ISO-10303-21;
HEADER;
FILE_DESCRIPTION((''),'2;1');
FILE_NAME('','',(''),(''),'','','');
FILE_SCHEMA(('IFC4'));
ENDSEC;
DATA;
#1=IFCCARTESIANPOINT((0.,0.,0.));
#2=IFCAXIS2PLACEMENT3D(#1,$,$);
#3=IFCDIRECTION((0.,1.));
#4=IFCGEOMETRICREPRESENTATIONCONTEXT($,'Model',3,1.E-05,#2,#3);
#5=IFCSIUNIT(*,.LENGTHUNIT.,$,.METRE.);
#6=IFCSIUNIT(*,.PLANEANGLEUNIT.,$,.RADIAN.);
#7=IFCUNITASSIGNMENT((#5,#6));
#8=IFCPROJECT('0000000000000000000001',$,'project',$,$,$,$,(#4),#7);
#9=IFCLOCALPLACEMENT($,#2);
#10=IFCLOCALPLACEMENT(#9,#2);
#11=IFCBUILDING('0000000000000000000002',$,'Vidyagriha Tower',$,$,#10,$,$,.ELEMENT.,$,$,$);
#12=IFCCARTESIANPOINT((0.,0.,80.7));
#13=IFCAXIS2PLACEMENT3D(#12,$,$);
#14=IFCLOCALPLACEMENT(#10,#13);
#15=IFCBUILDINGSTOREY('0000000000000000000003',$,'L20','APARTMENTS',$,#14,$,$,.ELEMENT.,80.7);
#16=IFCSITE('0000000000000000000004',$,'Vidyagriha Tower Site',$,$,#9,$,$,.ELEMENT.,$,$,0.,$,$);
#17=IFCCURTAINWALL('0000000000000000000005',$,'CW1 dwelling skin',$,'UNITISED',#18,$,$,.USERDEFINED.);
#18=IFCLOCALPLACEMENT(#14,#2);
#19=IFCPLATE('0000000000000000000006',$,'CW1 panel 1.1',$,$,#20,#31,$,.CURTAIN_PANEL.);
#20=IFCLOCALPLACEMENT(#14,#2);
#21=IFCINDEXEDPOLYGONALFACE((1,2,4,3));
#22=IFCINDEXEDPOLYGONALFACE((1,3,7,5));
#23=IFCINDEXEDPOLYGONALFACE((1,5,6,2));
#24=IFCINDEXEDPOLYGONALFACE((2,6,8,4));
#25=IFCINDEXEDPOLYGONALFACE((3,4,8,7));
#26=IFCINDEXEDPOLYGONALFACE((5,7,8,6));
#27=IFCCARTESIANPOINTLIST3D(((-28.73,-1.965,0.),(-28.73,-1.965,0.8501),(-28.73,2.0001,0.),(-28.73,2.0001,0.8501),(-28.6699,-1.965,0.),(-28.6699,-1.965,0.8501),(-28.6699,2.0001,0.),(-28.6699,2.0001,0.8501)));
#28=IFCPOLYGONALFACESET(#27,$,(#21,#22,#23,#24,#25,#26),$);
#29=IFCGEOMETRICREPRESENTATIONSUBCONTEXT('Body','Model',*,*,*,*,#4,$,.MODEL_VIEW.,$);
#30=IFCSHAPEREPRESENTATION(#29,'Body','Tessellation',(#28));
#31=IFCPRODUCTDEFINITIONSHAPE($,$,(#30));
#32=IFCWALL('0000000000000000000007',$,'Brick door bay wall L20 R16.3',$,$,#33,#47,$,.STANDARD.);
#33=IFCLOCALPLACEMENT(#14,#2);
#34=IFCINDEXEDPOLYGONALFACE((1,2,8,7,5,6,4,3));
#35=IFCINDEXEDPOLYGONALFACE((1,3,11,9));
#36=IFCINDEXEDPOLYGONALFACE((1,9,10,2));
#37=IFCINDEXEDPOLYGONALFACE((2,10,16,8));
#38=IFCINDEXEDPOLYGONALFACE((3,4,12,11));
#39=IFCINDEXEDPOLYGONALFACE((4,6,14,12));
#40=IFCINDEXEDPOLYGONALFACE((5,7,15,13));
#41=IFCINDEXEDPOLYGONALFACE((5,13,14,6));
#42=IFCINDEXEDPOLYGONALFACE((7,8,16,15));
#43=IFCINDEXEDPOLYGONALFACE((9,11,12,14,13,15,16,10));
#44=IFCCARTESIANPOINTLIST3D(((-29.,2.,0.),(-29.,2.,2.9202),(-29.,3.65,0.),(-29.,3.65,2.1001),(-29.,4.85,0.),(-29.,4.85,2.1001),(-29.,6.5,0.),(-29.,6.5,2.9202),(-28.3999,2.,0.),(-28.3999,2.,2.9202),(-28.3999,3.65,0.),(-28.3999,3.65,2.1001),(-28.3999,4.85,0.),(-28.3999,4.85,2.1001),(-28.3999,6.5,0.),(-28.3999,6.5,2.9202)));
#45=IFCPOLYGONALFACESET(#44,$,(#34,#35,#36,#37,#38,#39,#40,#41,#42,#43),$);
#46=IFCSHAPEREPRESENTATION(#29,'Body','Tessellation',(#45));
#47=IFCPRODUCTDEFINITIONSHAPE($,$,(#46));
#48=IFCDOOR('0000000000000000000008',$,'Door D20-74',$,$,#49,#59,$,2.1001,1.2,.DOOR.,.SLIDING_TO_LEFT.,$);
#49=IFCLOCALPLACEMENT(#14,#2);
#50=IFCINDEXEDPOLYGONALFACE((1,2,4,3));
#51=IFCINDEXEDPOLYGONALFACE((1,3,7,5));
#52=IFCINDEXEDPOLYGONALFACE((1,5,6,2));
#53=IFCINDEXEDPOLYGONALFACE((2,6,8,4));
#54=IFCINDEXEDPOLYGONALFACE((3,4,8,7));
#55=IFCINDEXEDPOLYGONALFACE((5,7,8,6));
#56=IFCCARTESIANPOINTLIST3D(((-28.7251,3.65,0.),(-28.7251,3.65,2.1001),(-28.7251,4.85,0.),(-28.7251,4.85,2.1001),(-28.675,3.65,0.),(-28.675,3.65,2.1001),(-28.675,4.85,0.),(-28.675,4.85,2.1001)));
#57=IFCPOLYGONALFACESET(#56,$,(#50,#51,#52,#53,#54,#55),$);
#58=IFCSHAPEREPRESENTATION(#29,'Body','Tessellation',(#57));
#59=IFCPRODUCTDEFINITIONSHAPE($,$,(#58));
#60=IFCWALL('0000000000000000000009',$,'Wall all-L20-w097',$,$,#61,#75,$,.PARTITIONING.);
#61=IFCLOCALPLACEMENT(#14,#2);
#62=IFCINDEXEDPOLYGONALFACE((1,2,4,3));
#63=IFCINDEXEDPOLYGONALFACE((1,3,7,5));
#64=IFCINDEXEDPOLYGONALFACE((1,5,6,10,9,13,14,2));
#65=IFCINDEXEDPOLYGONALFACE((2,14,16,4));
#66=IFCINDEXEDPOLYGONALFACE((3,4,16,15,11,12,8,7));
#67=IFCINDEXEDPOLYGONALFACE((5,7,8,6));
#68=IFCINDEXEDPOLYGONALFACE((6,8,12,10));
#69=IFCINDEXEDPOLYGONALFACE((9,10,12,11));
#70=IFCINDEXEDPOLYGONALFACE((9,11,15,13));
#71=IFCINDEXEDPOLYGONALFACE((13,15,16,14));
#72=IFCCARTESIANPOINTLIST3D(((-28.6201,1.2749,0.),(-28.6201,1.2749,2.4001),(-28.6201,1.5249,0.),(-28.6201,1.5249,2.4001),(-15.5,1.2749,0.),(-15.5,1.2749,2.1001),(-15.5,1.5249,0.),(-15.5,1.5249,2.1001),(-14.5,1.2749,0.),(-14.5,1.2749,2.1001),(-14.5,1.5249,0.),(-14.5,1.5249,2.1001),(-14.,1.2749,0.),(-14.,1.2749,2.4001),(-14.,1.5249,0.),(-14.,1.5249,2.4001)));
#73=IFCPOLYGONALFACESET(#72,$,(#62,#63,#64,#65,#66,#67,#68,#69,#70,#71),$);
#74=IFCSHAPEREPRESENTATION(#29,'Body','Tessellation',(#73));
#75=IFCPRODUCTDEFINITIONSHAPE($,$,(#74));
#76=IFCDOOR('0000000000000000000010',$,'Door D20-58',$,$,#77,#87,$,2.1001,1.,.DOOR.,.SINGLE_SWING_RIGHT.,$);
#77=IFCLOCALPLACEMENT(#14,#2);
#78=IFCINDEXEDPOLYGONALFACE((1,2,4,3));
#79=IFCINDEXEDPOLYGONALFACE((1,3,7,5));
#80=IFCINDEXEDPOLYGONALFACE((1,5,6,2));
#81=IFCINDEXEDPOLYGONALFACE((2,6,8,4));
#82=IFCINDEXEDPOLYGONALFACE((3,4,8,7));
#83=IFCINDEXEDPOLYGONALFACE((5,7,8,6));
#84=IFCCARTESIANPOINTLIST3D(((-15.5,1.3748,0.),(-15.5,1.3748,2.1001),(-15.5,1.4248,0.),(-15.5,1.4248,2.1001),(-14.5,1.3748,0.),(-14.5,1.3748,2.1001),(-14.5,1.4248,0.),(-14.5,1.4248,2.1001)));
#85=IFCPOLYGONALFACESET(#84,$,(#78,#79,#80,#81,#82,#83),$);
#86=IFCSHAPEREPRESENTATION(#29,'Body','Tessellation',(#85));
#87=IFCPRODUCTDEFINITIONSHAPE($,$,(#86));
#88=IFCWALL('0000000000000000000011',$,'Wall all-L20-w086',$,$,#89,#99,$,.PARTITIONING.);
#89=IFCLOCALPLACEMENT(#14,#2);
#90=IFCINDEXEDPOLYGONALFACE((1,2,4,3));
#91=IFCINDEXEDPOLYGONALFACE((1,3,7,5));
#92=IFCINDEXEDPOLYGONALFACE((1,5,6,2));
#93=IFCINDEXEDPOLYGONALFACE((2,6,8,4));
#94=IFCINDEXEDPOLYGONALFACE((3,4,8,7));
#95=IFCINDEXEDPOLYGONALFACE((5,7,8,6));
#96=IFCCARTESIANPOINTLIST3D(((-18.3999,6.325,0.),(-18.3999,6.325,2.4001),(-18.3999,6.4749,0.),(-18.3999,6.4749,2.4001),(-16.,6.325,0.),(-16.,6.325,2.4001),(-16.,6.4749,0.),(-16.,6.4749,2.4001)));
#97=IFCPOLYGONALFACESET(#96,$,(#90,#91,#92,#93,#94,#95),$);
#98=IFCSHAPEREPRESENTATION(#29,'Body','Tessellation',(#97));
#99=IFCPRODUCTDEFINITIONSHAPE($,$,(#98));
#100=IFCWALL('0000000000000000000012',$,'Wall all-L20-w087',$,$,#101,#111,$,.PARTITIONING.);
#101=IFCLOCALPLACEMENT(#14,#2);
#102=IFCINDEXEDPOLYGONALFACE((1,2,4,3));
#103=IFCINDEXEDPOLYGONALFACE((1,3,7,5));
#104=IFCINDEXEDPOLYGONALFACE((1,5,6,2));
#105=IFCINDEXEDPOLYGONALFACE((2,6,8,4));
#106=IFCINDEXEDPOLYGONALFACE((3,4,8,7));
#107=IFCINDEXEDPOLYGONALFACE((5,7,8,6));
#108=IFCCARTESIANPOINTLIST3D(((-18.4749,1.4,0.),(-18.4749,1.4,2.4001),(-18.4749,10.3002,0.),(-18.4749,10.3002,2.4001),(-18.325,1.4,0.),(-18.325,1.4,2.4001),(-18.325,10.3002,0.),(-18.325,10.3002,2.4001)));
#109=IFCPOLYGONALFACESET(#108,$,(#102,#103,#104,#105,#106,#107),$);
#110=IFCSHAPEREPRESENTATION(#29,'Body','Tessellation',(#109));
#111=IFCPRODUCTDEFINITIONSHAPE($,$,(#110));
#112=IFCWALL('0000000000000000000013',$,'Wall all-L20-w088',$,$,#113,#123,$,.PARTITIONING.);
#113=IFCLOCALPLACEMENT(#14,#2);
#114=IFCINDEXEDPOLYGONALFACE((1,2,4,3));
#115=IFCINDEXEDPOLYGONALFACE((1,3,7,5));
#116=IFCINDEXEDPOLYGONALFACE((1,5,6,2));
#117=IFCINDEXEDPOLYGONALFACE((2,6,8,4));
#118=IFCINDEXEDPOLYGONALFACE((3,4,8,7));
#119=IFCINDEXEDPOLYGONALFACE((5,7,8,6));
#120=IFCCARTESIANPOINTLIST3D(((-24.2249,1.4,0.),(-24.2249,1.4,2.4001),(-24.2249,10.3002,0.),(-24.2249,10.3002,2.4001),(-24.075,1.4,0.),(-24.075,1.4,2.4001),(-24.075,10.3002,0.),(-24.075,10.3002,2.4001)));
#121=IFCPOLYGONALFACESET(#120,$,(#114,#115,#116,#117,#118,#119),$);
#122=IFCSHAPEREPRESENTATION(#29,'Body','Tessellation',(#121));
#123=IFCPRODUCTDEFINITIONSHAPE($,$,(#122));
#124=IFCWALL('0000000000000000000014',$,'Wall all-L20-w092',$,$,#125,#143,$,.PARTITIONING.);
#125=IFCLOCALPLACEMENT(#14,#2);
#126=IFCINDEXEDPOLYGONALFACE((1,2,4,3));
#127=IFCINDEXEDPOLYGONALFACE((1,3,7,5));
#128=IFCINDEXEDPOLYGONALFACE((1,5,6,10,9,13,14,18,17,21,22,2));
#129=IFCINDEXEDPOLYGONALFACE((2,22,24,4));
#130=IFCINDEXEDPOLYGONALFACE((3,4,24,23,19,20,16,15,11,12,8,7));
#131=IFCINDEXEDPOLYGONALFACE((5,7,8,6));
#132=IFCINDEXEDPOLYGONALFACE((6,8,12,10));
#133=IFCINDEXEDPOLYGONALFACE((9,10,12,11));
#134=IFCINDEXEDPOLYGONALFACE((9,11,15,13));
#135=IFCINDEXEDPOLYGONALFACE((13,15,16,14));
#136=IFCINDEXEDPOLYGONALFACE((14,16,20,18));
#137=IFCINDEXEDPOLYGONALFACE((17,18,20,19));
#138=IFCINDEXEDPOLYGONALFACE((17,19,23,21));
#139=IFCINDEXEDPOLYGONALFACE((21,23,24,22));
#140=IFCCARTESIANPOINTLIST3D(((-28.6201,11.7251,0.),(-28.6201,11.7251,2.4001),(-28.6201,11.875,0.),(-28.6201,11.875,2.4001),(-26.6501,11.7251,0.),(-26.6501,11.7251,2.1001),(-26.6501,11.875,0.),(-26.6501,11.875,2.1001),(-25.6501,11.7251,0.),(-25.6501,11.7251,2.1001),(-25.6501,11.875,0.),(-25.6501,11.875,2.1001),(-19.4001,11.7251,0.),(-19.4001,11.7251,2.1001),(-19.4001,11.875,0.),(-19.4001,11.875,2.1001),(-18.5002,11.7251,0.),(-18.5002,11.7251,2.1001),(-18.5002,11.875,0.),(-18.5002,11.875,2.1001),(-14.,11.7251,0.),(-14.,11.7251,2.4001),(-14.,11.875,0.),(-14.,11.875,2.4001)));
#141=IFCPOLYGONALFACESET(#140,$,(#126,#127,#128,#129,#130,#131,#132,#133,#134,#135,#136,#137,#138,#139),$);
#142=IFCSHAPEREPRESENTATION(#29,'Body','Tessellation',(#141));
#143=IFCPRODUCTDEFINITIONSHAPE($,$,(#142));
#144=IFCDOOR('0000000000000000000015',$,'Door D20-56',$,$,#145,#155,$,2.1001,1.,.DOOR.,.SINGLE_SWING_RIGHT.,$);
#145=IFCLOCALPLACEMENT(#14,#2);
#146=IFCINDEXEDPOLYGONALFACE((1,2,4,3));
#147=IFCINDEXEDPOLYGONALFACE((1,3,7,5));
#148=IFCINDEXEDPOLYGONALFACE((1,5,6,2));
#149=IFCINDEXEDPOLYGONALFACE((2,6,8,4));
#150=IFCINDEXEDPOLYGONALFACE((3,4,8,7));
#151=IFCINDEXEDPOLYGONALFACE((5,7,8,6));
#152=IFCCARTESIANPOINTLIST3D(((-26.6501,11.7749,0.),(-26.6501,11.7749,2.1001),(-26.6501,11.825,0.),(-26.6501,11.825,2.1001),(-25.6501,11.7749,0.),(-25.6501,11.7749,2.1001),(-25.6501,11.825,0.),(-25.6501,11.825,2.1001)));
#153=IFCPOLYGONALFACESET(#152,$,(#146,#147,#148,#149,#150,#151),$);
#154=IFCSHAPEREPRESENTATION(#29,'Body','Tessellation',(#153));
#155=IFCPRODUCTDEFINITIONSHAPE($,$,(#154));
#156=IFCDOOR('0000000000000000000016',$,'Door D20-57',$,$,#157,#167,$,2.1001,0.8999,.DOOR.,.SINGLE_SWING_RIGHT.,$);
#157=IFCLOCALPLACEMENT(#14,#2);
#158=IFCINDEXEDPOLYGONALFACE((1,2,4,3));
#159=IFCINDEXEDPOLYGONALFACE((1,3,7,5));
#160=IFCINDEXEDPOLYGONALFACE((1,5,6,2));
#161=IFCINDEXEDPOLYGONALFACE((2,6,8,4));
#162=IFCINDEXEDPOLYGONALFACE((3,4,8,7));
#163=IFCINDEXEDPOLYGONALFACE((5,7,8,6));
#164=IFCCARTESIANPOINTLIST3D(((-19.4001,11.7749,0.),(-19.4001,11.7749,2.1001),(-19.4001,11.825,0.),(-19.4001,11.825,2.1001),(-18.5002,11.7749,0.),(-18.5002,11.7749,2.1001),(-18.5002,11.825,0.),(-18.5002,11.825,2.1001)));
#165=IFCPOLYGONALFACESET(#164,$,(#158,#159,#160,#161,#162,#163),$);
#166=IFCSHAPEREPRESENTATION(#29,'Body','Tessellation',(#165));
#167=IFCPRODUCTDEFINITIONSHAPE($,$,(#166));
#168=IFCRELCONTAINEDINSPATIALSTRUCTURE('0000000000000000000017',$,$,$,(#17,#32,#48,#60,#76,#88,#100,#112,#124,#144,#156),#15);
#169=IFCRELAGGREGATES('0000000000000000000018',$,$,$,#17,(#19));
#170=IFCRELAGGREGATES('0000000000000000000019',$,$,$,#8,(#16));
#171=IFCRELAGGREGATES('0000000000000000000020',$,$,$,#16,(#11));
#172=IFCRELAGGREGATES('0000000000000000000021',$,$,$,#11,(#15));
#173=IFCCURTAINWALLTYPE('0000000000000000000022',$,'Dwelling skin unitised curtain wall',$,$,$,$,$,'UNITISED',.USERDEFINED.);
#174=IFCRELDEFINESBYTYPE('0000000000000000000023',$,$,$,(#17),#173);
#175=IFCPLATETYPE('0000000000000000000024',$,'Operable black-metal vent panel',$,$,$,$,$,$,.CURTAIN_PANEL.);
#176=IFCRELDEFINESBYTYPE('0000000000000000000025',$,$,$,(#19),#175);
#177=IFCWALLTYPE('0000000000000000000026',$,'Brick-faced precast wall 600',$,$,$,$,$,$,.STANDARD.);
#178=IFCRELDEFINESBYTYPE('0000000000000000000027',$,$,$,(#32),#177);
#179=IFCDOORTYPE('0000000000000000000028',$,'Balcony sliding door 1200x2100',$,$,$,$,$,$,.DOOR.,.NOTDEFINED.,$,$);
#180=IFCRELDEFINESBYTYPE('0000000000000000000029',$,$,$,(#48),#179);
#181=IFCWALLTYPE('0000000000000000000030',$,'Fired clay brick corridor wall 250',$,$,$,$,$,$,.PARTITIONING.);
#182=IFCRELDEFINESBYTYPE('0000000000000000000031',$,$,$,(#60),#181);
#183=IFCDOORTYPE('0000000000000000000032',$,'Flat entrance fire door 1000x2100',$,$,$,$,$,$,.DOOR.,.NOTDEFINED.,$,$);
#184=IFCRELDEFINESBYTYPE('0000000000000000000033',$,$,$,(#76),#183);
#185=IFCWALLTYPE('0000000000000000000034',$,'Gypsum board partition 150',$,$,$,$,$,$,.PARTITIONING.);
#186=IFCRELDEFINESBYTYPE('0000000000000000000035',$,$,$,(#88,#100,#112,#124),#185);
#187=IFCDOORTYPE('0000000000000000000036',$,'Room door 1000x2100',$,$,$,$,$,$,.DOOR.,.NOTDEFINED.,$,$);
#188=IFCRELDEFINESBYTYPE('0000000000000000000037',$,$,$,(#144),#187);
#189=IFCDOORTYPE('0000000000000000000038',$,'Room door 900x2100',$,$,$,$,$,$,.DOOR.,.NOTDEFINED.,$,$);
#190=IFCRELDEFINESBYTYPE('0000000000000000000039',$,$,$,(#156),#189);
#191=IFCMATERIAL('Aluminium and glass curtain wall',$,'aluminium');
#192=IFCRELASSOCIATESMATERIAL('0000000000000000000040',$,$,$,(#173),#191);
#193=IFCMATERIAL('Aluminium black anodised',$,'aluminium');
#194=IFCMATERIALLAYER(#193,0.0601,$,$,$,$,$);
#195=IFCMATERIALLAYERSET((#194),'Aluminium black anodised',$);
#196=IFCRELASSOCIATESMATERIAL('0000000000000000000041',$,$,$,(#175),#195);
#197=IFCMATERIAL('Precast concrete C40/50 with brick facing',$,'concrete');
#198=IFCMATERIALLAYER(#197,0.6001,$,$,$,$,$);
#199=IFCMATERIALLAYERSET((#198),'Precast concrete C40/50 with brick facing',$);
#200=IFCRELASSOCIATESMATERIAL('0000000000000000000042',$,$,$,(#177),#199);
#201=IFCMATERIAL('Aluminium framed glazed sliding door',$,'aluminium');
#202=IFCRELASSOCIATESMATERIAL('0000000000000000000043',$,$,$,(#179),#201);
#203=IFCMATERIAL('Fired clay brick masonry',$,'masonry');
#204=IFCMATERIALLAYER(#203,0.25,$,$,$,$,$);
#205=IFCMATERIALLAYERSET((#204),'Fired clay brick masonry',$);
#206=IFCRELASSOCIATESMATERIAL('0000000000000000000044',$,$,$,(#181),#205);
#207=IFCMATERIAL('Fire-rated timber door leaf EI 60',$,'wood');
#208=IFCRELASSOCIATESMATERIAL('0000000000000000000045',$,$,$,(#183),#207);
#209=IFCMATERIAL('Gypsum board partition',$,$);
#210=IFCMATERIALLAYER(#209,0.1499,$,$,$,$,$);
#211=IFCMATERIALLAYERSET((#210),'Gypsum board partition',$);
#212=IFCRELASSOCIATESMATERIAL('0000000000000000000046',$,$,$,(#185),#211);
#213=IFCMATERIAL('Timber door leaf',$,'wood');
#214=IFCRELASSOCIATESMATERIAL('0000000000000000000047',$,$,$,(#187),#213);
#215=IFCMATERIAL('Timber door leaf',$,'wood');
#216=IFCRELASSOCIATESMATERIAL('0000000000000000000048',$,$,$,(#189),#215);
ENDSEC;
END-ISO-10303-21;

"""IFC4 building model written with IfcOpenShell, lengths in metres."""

from ifc_helpers import new_model, si_unit, direction, frame, frame_2d, origin, origin_2d, place, context, subcontext, project, spatial, rectangle, extrude, material, layer, layer_set, type_object, element, fill, aggregate, save


model = new_model("IFC4")

# Units and contexts
model_context = context("Model", 3, precision=1e-05, world=origin(), true_north=direction((0.0, 1.0)))
body_context = subcontext(model_context, "Body", "Model", "MODEL_VIEW")
ifc_project = project(units=[si_unit("LENGTHUNIT", "METRE"), si_unit("PLANEANGLEUNIT", "RADIAN")], contexts=[model_context])

# Site, building, storey
site_placement = place(None, origin())
site = spatial("IfcSite", under=ifc_project, at=site_placement, Name="Vidyagriha Tower Site", CompositionType="ELEMENT", RefElevation=0.0)
building_placement = place(site_placement, origin())
building = spatial("IfcBuilding", under=site, at=building_placement, Name="Vidyagriha Tower", CompositionType="ELEMENT")
storey_placement = place(building_placement, frame((0.0, 0.0, 80.7)))
storey = spatial("IfcBuildingStorey", under=building, at=storey_placement, Name="L20", Description="APARTMENTS", CompositionType="ELEMENT", Elevation=80.7)

# Shared definitions
ifc_material_1 = material(Name="Aluminium and glass curtain wall", Category="aluminium")
curtain_wall_type = type_object("IfcCurtainWallType", Name="Dwelling skin unitised curtain wall", ElementType="UNITISED", PredefinedType="USERDEFINED", material=ifc_material_1)

# Curtain wall
curtain_wall_1_placement = place(storey_placement, origin())
curtain_wall_1 = element("IfcCurtainWall", 1, at=curtain_wall_1_placement, inside=storey, type_object=curtain_wall_type, Name="CW1 dwelling skin", ObjectType="UNITISED", PredefinedType="USERDEFINED")

# Plate
ifc_material_2 = material(Name="Aluminium black anodised", Category="aluminium")
ifc_layer_1 = layer(ifc_material_2, 0.0601)
ifc_layer_set_1 = layer_set([ifc_layer_1], Name="Aluminium black anodised")
plate_type_1 = type_object("IfcPlateType", Name="Operable black-metal vent panel", PredefinedType="CURTAIN_PANEL", material=ifc_layer_set_1)
plate_1_placement = place(storey_placement, frame((-28.7, 0.0176, 0.0), z_axis=(0.0, 0.0, 1.0), x_axis=(0.0, -1.0, 0.0)))
plate_1 = element("IfcPlate", 2, at=plate_1_placement, type_object=plate_type_1, Name="CW1 panel 1.1", PredefinedType="CURTAIN_PANEL", context=body_context, shape_type="SweptSolid", body=[
    extrude(rectangle(XDim=3.9651, YDim=0.0601, at=origin_2d()), origin(), (0.0, 0.0, 1.0), 0.8501),
])
aggregate(curtain_wall_1, [plate_1])

# Walls, openings, doors
ifc_material_3 = material(Name="Precast concrete C40/50 with brick facing", Category="concrete")
ifc_layer_2 = layer(ifc_material_3, 0.6001)
ifc_layer_set_2 = layer_set([ifc_layer_2], Name="Precast concrete C40/50 with brick facing")
wall_type_1 = type_object("IfcWallType", Name="Brick-faced precast wall 600", PredefinedType="STANDARD", material=ifc_layer_set_2)
wall_1_placement = place(storey_placement, frame((-28.7, 6.5, 0.0), z_axis=(0.0, 0.0, 1.0), x_axis=(0.0, -1.0, 0.0)))
wall_1 = element("IfcWall", 3, at=wall_1_placement, inside=storey, type_object=wall_type_1, Name="Brick door bay wall L20 R16.3", PredefinedType="STANDARD", context=body_context, shape_type="SweptSolid", body=[
    extrude(rectangle(XDim=4.5, YDim=0.6001, at=frame_2d((2.25, 0.0))), origin(), (0.0, 0.0, 1.0), 2.9202),
])
opening_1_placement = place(wall_1_placement, frame((1.6499, 0.0, 0.0)))
opening_1 = element("IfcOpeningElement", 4, at=opening_1_placement, cuts=wall_1, PredefinedType="OPENING", context=body_context, shape_type="SweptSolid", body=[
    extrude(rectangle(XDim=1.2, YDim=2.1001, at=frame_2d((0.6001, 1.05))), frame((0.0, 0.3101, 0.0), z_axis=(0.0, -1.0, 0.0), x_axis=(1.0, 0.0, 0.0)), (0.0, 0.0, 1.0), 0.6201),
])
ifc_material_4 = material(Name="Aluminium framed glazed sliding door", Category="aluminium")
door_type_1 = type_object("IfcDoorType", Name="Balcony sliding door 1200x2100", OperationType="NOTDEFINED", PredefinedType="DOOR", material=ifc_material_4)
door_1_placement = place(opening_1_placement, origin())
door_1 = element("IfcDoor", 5, at=door_1_placement, inside=storey, type_object=door_type_1, Name="Door D20-74", OperationType="SLIDING_TO_LEFT", OverallHeight=2.1001, OverallWidth=1.2, PredefinedType="DOOR", context=body_context, shape_type="SweptSolid", body=[
    extrude(rectangle(XDim=1.2, YDim=2.1001, at=frame_2d((0.6001, 1.05))), frame((0.0, 0.0249, 0.0), z_axis=(0.0, -1.0, 0.0), x_axis=(1.0, 0.0, 0.0)), (0.0, 0.0, 1.0), 0.05),
])
fill(opening_1, door_1)
ifc_material_5 = material(Name="Fired clay brick masonry", Category="masonry")
ifc_layer_3 = layer(ifc_material_5, 0.25)
ifc_layer_set_3 = layer_set([ifc_layer_3], Name="Fired clay brick masonry")
wall_type_2 = type_object("IfcWallType", Name="Fired clay brick corridor wall 250", PredefinedType="PARTITIONING", material=ifc_layer_set_3)
wall_2_placement = place(storey_placement, frame((-28.6201, 1.3999, 0.0)))
wall_2 = element("IfcWall", 6, at=wall_2_placement, inside=storey, type_object=wall_type_2, Name="Wall all-L20-w097", PredefinedType="PARTITIONING", context=body_context, shape_type="SweptSolid", body=[
    extrude(rectangle(XDim=14.6201, YDim=0.25, at=frame_2d((7.3101, 0.0))), origin(), (0.0, 0.0, 1.0), 2.4001),
])
opening_2_placement = place(wall_2_placement, frame((13.1201, 0.0, 0.0)))
opening_2 = element("IfcOpeningElement", 7, at=opening_2_placement, cuts=wall_2, PredefinedType="OPENING", context=body_context, shape_type="SweptSolid", body=[
    extrude(rectangle(XDim=1.0, YDim=2.1001, at=frame_2d((0.5, 1.05))), frame((0.0, 0.135, 0.0), z_axis=(0.0, -1.0, 0.0), x_axis=(1.0, 0.0, 0.0)), (0.0, 0.0, 1.0), 0.27),
])
ifc_material_6 = material(Name="Fire-rated timber door leaf EI 60", Category="wood")
door_type_2 = type_object("IfcDoorType", Name="Flat entrance fire door 1000x2100", OperationType="NOTDEFINED", PredefinedType="DOOR", material=ifc_material_6)
door_2_placement = place(opening_2_placement, origin())
door_2 = element("IfcDoor", 8, at=door_2_placement, inside=storey, type_object=door_type_2, Name="Door D20-58", OperationType="SINGLE_SWING_RIGHT", OverallHeight=2.1001, OverallWidth=1.0, PredefinedType="DOOR", context=body_context, shape_type="SweptSolid", body=[
    extrude(rectangle(XDim=1.0, YDim=2.1001, at=frame_2d((0.5, 1.05))), frame((0.0, 0.0249, 0.0), z_axis=(0.0, -1.0, 0.0), x_axis=(1.0, 0.0, 0.0)), (0.0, 0.0, 1.0), 0.05),
])
fill(opening_2, door_2)

# Walls
ifc_material_7 = material(Name="Gypsum board partition")
ifc_layer_4 = layer(ifc_material_7, 0.1499)
ifc_layer_set_4 = layer_set([ifc_layer_4], Name="Gypsum board partition")
wall_type_3 = type_object("IfcWallType", Name="Gypsum board partition 150", PredefinedType="PARTITIONING", material=ifc_layer_set_4)
wall_3_placement = place(storey_placement, frame((-18.3999, 6.3999, 0.0)))
element("IfcWall", 9, at=wall_3_placement, inside=storey, type_object=wall_type_3, Name="Wall all-L20-w086", PredefinedType="PARTITIONING", context=body_context, shape_type="SweptSolid", body=[
    extrude(rectangle(XDim=2.3999, YDim=0.1499, at=frame_2d((1.2, 0.0))), origin(), (0.0, 0.0, 1.0), 2.4001),
])
for number, where, z_axis, x_axis, name in (
    (10, (-18.3999, 1.3999, 0.0), (0.0, 0.0, 1.0), (0.0, 1.0, 0.0), "Wall all-L20-w087"),
    (11, (-24.1499, 1.3999, 0.0), (0.0, 0.0, 1.0), (0.0, 1.0, 0.0), "Wall all-L20-w088"),
):
    element("IfcWall", number, at=place(storey_placement, frame(where, z_axis=z_axis, x_axis=x_axis)), inside=storey, type_object=wall_type_3, Name=name, PredefinedType="PARTITIONING", context=body_context, shape_type="SweptSolid", body=[
        extrude(rectangle(XDim=8.9001, YDim=0.1499, at=frame_2d((4.4502, 0.0))), origin(), (0.0, 0.0, 1.0), 2.4001),
    ])

# Wall, openings, doors
wall_4_placement = place(storey_placement, frame((-28.6201, 11.8, 0.0)))
wall_4 = element("IfcWall", 12, at=wall_4_placement, inside=storey, type_object=wall_type_3, Name="Wall all-L20-w092", PredefinedType="PARTITIONING", context=body_context, shape_type="SweptSolid", body=[
    extrude(rectangle(XDim=14.6201, YDim=0.1499, at=frame_2d((7.3101, 0.0))), origin(), (0.0, 0.0, 1.0), 2.4001),
])
opening_3_placement = place(wall_4_placement, frame((1.97, 0.0, 0.0)))
opening_3 = element("IfcOpeningElement", 13, at=opening_3_placement, cuts=wall_4, PredefinedType="OPENING", context=body_context, shape_type="SweptSolid", body=[
    extrude(rectangle(XDim=1.0, YDim=2.1001, at=frame_2d((0.5, 1.05))), frame((0.0, 0.085, 0.0), z_axis=(0.0, -1.0, 0.0), x_axis=(1.0, 0.0, 0.0)), (0.0, 0.0, 1.0), 0.1699),
])
opening_4_placement = place(wall_4_placement, frame((9.22, 0.0, 0.0)))
opening_4 = element("IfcOpeningElement", 14, at=opening_4_placement, cuts=wall_4, PredefinedType="OPENING", context=body_context, shape_type="SweptSolid", body=[
    extrude(rectangle(XDim=0.8999, YDim=2.1001, at=frame_2d((0.45, 1.05))), frame((0.0, 0.085, 0.0), z_axis=(0.0, -1.0, 0.0), x_axis=(1.0, 0.0, 0.0)), (0.0, 0.0, 1.0), 0.1699),
])
ifc_material_8 = material(Name="Timber door leaf", Category="wood")
door_type_3 = type_object("IfcDoorType", Name="Room door 1000x2100", OperationType="NOTDEFINED", PredefinedType="DOOR", material=ifc_material_8)
door_3_placement = place(opening_3_placement, origin())
door_3 = element("IfcDoor", 15, at=door_3_placement, inside=storey, type_object=door_type_3, Name="Door D20-56", OperationType="SINGLE_SWING_RIGHT", OverallHeight=2.1001, OverallWidth=1.0, PredefinedType="DOOR", context=body_context, shape_type="SweptSolid", body=[
    extrude(rectangle(XDim=1.0, YDim=2.1001, at=frame_2d((0.5, 1.05))), frame((0.0, 0.0249, 0.0), z_axis=(0.0, -1.0, 0.0), x_axis=(1.0, 0.0, 0.0)), (0.0, 0.0, 1.0), 0.05),
])
fill(opening_3, door_3)
ifc_material_9 = material(Name="Timber door leaf", Category="wood")
door_type_4 = type_object("IfcDoorType", Name="Room door 900x2100", OperationType="NOTDEFINED", PredefinedType="DOOR", material=ifc_material_9)
door_4_placement = place(opening_4_placement, origin())
door_4 = element("IfcDoor", 16, at=door_4_placement, inside=storey, type_object=door_type_4, Name="Door D20-57", OperationType="SINGLE_SWING_RIGHT", OverallHeight=2.1001, OverallWidth=0.8999, PredefinedType="DOOR", context=body_context, shape_type="SweptSolid", body=[
    extrude(rectangle(XDim=0.8999, YDim=2.1001, at=frame_2d((0.45, 1.05))), frame((0.0, 0.0249, 0.0), z_axis=(0.0, -1.0, 0.0), x_axis=(1.0, 0.0, 0.0)), (0.0, 0.0, 1.0), 0.05),
])
fill(opening_4, door_4)

save(model, "model.ifc")
